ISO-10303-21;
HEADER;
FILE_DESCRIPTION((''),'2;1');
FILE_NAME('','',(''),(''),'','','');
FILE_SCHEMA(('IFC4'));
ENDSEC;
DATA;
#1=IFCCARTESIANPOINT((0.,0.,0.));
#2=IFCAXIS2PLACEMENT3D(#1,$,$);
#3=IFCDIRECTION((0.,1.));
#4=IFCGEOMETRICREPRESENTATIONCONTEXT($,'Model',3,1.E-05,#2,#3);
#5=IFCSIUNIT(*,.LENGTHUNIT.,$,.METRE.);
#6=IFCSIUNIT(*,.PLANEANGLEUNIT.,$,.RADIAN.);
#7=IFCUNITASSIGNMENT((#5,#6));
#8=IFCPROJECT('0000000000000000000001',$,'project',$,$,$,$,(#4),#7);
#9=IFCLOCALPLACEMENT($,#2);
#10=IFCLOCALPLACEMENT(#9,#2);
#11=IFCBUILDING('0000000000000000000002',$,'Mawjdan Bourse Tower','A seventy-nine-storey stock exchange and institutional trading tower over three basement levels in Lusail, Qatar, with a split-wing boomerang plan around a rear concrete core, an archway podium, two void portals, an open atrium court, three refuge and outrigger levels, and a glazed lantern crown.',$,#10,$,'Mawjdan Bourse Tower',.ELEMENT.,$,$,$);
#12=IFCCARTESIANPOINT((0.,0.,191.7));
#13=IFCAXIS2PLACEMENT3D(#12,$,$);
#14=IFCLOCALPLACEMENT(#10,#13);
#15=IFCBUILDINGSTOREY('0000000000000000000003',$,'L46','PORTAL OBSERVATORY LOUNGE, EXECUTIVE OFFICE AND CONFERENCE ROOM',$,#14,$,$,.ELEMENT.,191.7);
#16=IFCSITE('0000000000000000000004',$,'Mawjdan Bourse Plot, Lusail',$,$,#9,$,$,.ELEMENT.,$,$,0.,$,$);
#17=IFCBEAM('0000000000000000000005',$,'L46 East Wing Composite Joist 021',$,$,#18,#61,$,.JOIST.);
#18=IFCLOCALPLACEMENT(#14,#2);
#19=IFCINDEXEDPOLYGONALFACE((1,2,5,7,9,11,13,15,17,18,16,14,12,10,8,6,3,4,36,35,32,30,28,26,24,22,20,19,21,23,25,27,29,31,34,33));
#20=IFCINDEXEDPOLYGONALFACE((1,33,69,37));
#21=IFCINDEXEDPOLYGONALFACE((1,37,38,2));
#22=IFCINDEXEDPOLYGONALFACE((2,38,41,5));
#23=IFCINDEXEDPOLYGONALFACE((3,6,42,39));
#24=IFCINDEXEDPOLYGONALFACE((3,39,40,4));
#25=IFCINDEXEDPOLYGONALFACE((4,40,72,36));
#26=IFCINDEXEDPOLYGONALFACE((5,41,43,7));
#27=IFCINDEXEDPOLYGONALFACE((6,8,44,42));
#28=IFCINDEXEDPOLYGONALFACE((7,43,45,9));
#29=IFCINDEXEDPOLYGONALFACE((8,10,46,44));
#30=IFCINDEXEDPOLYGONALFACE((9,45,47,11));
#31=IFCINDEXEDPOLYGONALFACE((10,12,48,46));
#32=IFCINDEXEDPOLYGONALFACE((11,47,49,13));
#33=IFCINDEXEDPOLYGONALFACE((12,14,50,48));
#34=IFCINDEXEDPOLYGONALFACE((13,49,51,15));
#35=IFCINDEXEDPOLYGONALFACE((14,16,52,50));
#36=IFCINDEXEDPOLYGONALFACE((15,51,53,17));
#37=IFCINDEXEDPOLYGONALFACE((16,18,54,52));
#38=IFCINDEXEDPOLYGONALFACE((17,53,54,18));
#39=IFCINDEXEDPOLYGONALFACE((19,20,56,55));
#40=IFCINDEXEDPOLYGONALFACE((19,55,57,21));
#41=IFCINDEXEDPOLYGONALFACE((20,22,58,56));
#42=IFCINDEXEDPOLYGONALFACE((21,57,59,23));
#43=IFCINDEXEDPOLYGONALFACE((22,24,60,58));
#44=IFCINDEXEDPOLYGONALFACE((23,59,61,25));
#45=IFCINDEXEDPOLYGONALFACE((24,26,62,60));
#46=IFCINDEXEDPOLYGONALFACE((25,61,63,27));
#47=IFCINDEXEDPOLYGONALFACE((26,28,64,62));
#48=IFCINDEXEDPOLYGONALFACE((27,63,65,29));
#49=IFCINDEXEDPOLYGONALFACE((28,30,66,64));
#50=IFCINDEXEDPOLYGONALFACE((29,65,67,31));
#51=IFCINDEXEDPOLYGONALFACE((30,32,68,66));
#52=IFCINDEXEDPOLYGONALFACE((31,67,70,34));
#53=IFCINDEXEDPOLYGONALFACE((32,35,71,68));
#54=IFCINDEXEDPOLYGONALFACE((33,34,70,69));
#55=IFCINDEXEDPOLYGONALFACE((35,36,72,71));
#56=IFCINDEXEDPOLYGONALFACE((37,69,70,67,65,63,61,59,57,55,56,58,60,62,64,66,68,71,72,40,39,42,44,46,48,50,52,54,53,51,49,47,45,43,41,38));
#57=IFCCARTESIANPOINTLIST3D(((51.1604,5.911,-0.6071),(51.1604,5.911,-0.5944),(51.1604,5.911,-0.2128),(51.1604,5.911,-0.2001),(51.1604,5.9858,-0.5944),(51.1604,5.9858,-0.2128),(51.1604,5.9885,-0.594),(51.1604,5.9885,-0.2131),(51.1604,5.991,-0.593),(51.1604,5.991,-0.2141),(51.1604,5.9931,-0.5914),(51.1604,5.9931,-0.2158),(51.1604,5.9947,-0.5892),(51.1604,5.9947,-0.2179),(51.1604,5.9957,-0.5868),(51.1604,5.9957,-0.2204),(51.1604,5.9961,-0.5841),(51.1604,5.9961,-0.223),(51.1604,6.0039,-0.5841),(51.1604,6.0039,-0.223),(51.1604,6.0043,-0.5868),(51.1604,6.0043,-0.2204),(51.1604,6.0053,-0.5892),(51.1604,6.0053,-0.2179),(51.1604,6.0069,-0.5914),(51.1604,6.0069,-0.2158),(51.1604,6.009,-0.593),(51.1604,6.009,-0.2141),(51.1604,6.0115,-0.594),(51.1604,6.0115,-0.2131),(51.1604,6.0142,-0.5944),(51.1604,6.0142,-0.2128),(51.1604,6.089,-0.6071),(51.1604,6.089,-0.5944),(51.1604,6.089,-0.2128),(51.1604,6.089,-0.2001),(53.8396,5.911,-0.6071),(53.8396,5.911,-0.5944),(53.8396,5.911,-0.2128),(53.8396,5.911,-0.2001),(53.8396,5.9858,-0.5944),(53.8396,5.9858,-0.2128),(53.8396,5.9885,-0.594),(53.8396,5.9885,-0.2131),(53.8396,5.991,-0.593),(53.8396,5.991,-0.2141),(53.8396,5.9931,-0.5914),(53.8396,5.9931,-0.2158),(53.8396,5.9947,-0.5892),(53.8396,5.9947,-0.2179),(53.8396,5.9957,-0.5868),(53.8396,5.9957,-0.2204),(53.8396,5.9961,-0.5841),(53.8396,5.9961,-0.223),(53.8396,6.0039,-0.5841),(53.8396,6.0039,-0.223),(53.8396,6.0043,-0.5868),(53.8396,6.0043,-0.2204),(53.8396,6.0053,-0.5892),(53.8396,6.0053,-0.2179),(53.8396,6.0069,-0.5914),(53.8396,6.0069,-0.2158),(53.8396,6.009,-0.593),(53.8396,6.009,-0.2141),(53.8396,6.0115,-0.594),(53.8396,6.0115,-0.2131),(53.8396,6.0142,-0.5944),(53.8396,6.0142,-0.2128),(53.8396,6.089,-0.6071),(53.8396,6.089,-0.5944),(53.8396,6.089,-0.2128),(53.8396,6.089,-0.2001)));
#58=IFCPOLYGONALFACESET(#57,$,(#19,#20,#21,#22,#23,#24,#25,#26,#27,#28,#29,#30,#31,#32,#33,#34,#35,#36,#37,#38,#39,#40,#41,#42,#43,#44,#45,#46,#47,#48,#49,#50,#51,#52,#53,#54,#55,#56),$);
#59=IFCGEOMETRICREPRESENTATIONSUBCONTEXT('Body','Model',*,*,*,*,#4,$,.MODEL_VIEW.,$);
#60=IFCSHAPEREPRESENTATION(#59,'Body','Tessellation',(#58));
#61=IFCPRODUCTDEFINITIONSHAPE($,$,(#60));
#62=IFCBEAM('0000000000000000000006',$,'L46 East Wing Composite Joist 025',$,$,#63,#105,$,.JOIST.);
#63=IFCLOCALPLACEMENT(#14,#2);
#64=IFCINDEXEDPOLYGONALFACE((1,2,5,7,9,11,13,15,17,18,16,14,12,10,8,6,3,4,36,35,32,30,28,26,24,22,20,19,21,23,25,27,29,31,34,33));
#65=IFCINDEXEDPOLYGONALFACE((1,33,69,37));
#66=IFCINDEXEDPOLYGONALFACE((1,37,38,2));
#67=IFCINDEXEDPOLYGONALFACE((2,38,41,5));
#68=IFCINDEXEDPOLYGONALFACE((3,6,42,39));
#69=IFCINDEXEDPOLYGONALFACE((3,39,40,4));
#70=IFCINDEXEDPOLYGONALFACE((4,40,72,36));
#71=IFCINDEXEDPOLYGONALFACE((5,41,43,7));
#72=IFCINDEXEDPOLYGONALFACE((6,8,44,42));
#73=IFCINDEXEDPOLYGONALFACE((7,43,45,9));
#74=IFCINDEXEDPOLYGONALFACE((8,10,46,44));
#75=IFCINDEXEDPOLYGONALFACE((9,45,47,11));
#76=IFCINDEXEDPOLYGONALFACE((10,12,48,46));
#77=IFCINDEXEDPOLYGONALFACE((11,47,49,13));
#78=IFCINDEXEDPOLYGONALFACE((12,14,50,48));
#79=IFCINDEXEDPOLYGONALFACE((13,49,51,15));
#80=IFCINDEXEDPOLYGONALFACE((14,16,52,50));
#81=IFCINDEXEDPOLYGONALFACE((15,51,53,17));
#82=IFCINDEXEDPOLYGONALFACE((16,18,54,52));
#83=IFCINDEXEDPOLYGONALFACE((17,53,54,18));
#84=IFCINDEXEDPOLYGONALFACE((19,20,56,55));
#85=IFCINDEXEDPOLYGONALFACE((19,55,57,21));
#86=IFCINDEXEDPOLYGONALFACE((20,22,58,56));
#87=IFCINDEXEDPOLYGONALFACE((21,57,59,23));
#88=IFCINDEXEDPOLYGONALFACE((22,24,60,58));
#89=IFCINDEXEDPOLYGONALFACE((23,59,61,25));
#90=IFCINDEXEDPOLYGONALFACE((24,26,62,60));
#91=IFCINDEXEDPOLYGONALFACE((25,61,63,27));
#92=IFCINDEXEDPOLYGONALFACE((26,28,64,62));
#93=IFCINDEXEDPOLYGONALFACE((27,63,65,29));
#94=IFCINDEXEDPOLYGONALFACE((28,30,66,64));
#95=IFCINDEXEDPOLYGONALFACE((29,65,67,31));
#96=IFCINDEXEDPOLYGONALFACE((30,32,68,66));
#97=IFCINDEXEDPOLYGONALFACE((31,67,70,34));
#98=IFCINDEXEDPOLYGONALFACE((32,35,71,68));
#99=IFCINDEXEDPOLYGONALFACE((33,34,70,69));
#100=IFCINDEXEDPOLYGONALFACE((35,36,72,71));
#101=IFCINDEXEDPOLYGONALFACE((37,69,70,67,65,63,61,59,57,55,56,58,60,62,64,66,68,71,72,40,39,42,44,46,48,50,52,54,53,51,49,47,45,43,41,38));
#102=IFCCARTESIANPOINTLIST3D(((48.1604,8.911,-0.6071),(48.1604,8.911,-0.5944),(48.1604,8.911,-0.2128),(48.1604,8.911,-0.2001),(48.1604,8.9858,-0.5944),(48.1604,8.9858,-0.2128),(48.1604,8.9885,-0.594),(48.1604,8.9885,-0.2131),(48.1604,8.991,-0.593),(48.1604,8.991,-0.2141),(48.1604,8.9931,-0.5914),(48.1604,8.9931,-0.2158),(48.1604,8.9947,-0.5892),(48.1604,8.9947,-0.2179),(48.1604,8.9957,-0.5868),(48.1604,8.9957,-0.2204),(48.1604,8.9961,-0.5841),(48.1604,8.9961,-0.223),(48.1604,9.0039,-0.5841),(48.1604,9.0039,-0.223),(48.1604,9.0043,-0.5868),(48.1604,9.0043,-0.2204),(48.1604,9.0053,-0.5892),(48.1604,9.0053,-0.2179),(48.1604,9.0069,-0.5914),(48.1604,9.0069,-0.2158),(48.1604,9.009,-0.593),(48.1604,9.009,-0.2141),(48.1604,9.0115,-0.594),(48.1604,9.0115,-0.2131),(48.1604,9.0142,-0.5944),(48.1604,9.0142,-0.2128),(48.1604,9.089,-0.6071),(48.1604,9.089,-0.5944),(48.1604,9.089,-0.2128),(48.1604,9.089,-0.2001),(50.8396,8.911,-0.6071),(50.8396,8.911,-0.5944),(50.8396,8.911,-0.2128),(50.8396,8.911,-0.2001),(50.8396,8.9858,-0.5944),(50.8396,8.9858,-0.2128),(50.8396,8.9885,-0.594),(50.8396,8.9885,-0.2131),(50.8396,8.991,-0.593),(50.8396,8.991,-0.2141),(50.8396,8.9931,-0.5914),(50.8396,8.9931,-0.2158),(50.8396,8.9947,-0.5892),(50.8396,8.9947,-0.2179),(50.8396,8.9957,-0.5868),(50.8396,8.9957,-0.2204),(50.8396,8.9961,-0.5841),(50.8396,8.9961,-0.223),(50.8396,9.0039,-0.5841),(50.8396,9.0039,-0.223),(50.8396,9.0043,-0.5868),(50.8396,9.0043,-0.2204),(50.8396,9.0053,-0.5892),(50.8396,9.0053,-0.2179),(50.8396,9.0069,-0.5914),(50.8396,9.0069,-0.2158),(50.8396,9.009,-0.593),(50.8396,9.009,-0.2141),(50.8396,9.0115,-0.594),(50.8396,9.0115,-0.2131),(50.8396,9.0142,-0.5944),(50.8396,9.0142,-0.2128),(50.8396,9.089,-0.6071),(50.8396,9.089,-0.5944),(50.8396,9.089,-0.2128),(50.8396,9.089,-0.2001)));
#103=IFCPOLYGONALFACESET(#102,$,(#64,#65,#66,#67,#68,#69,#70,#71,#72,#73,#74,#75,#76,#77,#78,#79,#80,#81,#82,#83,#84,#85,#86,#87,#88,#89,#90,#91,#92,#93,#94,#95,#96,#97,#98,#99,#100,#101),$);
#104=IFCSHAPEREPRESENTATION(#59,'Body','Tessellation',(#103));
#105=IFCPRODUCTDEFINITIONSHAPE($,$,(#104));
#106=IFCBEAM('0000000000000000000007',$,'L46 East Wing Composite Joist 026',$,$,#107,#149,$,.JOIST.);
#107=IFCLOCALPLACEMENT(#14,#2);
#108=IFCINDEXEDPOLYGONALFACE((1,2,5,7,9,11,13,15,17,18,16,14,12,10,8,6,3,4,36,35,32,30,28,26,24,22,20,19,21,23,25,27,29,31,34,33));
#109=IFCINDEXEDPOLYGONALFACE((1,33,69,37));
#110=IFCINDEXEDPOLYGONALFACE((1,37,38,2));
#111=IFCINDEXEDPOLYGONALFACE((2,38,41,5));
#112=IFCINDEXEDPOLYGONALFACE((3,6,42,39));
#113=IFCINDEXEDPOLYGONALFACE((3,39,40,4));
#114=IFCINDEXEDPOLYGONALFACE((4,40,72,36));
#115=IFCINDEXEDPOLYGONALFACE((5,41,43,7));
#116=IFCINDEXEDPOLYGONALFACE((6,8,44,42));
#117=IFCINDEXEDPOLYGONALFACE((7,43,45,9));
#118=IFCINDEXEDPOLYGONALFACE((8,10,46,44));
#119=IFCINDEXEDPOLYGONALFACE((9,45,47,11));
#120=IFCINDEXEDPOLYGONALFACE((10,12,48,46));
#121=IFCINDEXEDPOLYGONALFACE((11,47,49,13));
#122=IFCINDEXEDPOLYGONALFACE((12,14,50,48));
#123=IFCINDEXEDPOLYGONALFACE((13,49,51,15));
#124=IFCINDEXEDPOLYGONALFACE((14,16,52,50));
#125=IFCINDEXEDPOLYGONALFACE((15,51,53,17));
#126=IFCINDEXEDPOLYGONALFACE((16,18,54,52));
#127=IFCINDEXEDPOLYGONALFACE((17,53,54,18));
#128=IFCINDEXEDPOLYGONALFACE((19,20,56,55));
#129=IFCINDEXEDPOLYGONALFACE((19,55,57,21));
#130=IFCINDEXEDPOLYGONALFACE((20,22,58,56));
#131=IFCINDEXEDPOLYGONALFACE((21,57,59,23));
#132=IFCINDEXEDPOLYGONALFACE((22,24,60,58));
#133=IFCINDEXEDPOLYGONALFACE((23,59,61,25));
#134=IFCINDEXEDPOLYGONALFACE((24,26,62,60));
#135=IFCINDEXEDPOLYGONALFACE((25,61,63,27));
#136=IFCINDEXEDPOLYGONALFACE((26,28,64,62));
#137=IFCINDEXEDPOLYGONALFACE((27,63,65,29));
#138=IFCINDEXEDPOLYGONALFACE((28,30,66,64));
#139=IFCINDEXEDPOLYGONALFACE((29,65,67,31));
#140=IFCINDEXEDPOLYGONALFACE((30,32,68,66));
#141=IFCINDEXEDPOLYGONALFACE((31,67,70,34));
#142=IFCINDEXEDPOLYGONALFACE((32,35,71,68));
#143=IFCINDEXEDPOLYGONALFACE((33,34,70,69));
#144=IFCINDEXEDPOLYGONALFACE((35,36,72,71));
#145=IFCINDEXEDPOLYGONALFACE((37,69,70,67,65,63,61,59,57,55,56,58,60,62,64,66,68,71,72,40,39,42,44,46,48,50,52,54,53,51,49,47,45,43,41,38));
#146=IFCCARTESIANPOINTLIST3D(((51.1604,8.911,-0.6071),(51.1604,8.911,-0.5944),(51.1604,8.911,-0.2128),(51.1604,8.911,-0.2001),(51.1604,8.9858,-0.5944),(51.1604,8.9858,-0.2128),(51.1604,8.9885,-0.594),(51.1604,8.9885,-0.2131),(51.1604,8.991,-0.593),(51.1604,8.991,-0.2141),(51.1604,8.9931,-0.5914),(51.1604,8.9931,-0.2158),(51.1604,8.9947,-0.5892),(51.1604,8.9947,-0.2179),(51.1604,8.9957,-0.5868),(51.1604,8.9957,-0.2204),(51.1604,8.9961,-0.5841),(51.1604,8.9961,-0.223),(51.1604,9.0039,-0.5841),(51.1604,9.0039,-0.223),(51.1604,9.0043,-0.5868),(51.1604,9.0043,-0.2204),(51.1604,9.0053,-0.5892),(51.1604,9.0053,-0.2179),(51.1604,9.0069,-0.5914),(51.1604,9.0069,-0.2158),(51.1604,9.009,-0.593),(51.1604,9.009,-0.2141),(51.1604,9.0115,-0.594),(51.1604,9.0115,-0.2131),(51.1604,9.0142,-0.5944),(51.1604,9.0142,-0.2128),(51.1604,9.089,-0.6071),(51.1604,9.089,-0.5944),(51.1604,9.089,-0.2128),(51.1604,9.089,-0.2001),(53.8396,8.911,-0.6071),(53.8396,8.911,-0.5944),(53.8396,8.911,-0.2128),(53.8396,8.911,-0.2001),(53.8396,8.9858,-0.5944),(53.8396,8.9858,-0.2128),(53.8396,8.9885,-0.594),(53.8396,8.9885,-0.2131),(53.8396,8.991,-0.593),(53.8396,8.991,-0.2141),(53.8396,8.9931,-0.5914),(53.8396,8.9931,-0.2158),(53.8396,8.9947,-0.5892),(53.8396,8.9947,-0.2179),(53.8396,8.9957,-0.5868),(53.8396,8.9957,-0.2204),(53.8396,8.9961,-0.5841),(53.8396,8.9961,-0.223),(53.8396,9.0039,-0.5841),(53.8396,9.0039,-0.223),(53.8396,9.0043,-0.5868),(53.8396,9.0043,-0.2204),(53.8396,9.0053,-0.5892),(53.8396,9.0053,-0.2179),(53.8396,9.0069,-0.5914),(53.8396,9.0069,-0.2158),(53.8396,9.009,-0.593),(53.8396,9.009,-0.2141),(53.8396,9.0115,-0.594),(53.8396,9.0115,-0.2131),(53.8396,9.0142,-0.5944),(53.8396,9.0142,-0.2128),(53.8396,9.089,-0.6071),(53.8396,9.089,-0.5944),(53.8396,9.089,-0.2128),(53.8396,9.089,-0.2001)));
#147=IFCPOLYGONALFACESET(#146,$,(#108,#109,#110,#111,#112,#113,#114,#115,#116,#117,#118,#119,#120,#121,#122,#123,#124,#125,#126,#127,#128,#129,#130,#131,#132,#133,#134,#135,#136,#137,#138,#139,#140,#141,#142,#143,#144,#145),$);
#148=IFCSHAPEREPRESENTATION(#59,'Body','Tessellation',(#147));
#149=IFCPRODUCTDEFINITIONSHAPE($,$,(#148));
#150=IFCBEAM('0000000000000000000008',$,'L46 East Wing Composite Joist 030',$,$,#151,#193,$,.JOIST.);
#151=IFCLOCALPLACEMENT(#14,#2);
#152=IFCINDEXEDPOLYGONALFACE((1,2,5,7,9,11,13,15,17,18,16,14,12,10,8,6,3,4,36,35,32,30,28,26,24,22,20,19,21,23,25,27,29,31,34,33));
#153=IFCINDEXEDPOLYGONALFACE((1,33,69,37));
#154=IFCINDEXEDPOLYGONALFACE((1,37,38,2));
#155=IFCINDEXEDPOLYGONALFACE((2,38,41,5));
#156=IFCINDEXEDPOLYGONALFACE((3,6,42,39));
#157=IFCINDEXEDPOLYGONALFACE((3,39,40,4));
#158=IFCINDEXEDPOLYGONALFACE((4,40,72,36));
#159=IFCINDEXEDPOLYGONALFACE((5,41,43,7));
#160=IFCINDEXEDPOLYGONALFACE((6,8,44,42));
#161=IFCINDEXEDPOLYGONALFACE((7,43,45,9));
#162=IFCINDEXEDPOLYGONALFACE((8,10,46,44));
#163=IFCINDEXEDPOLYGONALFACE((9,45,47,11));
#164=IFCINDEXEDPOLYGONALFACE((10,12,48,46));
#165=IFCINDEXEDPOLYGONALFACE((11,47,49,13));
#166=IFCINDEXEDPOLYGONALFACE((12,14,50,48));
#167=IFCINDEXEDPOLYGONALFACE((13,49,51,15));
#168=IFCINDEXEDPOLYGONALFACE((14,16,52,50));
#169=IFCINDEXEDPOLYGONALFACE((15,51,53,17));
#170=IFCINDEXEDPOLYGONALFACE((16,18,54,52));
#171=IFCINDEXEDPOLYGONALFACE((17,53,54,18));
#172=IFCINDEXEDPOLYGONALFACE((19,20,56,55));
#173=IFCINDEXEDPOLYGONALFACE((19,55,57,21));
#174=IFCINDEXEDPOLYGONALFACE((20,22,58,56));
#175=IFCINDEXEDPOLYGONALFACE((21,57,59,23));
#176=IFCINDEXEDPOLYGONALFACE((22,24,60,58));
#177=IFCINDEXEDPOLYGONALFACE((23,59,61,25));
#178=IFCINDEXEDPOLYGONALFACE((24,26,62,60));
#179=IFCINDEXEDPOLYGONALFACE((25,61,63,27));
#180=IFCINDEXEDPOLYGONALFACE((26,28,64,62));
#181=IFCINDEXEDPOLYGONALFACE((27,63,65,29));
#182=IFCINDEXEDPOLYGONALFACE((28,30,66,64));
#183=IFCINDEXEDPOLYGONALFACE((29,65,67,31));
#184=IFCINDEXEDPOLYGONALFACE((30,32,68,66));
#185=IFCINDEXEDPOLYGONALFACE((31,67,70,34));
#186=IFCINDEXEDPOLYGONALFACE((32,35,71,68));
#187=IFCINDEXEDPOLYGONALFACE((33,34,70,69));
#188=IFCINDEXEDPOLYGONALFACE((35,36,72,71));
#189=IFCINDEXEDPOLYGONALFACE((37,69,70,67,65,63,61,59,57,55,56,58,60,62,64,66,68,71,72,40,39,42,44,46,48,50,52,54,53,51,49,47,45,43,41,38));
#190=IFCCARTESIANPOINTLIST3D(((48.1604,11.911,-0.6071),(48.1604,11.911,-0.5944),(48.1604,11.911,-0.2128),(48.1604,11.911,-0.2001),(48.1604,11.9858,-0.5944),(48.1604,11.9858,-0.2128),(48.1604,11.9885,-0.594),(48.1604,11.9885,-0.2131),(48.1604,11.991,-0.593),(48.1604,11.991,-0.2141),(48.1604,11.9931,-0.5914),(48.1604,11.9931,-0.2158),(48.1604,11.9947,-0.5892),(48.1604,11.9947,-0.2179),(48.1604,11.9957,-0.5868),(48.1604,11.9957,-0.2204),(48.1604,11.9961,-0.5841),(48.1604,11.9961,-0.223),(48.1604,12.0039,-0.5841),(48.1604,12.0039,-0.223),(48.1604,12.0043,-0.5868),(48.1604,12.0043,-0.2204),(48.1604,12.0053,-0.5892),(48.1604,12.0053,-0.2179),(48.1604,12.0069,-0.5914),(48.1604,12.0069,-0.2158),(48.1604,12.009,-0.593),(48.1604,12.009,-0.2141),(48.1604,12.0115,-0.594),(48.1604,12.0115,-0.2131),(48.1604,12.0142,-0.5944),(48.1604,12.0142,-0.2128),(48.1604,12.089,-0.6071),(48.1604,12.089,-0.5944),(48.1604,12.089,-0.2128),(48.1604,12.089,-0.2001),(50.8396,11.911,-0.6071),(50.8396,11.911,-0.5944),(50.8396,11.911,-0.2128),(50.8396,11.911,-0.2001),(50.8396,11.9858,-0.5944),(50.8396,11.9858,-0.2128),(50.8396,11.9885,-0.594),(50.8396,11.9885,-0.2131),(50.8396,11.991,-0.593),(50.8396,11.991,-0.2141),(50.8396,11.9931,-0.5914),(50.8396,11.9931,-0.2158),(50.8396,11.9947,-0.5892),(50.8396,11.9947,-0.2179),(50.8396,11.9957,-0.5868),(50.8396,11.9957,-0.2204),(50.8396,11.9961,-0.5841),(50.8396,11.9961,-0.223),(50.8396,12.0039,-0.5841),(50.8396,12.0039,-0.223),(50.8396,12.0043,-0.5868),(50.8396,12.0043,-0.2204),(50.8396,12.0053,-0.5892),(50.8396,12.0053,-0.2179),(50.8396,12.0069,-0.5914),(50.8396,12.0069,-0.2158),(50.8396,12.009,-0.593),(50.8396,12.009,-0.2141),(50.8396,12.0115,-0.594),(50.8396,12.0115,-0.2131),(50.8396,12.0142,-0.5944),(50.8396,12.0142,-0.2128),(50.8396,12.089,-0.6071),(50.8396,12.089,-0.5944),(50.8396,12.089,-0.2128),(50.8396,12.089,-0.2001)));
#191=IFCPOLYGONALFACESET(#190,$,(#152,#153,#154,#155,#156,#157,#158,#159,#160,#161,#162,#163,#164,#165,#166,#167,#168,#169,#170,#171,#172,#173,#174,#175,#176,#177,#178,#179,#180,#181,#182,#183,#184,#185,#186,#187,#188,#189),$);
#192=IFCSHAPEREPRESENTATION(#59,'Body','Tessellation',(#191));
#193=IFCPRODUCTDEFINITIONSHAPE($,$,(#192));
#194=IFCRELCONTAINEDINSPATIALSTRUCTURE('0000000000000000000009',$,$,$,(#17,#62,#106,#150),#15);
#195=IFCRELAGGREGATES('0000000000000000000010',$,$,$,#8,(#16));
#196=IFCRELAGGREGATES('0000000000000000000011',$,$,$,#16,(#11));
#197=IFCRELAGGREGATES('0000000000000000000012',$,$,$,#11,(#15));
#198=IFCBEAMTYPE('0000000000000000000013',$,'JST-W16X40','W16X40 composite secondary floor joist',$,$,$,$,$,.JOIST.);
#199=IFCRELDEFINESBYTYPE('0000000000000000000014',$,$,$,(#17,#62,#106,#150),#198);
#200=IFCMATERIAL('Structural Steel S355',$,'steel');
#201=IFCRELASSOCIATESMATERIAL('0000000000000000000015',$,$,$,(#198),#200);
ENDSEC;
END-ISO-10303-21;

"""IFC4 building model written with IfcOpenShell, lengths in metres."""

from ifc_helpers import new_model, si_unit, direction, frame, origin, origin_2d, place, context, subcontext, project, spatial, i_section, extrude, material, material_profile, profile_set, type_object, element, save


model = new_model("IFC4")

# Units and contexts
model_context = context("Model", 3, precision=1e-05, world=origin(), true_north=direction((0.0, 1.0)))
body_context = subcontext(model_context, "Body", "Model", "MODEL_VIEW")
ifc_project = project(units=[si_unit("LENGTHUNIT", "METRE"), si_unit("PLANEANGLEUNIT", "RADIAN")], contexts=[model_context])

# Site, building, storey
site_placement = place(None, origin())
site = spatial("IfcSite", under=ifc_project, at=site_placement, Name="Mawjdan Bourse Plot, Lusail", CompositionType="ELEMENT", RefElevation=0.0)
building_placement = place(site_placement, origin())
building = spatial("IfcBuilding", under=site, at=building_placement, Name="Mawjdan Bourse Tower", Description="A seventy-nine-storey stock exchange and institutional trading tower over three basement levels in Lusail, Qatar, with a split-wing boomerang plan around a rear concrete core, an archway podium, two void portals, an open atrium court, three refuge and outrigger levels, and a glazed lantern crown.", LongName="Mawjdan Bourse Tower", CompositionType="ELEMENT")
storey_placement = place(building_placement, frame((0.0, 0.0, 191.7)))
storey = spatial("IfcBuildingStorey", under=building, at=storey_placement, Name="L46", Description="PORTAL OBSERVATORY LOUNGE, EXECUTIVE OFFICE AND CONFERENCE ROOM", CompositionType="ELEMENT", Elevation=191.7)

# Beams
ifc_material_1 = material(Name="Structural Steel S355", Category="steel")
ifc_material_profile_1 = material_profile(ifc_material_1, i_section(OverallWidth=0.178, OverallDepth=0.407, WebThickness=0.0078, FlangeThickness=0.0127, FilletRadius=0.0103, at=origin_2d()), Name="W16X40")
ifc_profile_set_1 = profile_set([ifc_material_profile_1], Name="Structural Steel S355")
beam_type_1 = type_object("IfcBeamType", Name="JST-W16X40", Description="W16X40 composite secondary floor joist", PredefinedType="JOIST", material=ifc_profile_set_1)
for number, where, z_axis, x_axis, name in (
    (1, (51.1604, 6.0, -0.4036), (1.0, 0.0, 0.0), (0.0, 1.0, 0.0), "L46 East Wing Composite Joist 021"),
    (2, (48.1604, 9.0, -0.4036), (1.0, 0.0, 0.0), (0.0, 1.0, 0.0), "L46 East Wing Composite Joist 025"),
    (3, (51.1604, 9.0, -0.4036), (1.0, 0.0, 0.0), (0.0, 1.0, 0.0), "L46 East Wing Composite Joist 026"),
    (4, (48.1604, 12.0, -0.4036), (1.0, 0.0, 0.0), (0.0, 1.0, 0.0), "L46 East Wing Composite Joist 030"),
):
    element("IfcBeam", number, at=place(storey_placement, frame(where, z_axis=z_axis, x_axis=x_axis)), inside=storey, type_object=beam_type_1, Name=name, PredefinedType="JOIST", context=body_context, shape_type="SweptSolid", body=[
        extrude(i_section(OverallWidth=0.178, OverallDepth=0.407, WebThickness=0.0078, FlangeThickness=0.0127, FilletRadius=0.0103, at=origin_2d()), origin(), (0.0, 0.0, 1.0), 2.6792),
    ])

save(model, "model.ifc")
